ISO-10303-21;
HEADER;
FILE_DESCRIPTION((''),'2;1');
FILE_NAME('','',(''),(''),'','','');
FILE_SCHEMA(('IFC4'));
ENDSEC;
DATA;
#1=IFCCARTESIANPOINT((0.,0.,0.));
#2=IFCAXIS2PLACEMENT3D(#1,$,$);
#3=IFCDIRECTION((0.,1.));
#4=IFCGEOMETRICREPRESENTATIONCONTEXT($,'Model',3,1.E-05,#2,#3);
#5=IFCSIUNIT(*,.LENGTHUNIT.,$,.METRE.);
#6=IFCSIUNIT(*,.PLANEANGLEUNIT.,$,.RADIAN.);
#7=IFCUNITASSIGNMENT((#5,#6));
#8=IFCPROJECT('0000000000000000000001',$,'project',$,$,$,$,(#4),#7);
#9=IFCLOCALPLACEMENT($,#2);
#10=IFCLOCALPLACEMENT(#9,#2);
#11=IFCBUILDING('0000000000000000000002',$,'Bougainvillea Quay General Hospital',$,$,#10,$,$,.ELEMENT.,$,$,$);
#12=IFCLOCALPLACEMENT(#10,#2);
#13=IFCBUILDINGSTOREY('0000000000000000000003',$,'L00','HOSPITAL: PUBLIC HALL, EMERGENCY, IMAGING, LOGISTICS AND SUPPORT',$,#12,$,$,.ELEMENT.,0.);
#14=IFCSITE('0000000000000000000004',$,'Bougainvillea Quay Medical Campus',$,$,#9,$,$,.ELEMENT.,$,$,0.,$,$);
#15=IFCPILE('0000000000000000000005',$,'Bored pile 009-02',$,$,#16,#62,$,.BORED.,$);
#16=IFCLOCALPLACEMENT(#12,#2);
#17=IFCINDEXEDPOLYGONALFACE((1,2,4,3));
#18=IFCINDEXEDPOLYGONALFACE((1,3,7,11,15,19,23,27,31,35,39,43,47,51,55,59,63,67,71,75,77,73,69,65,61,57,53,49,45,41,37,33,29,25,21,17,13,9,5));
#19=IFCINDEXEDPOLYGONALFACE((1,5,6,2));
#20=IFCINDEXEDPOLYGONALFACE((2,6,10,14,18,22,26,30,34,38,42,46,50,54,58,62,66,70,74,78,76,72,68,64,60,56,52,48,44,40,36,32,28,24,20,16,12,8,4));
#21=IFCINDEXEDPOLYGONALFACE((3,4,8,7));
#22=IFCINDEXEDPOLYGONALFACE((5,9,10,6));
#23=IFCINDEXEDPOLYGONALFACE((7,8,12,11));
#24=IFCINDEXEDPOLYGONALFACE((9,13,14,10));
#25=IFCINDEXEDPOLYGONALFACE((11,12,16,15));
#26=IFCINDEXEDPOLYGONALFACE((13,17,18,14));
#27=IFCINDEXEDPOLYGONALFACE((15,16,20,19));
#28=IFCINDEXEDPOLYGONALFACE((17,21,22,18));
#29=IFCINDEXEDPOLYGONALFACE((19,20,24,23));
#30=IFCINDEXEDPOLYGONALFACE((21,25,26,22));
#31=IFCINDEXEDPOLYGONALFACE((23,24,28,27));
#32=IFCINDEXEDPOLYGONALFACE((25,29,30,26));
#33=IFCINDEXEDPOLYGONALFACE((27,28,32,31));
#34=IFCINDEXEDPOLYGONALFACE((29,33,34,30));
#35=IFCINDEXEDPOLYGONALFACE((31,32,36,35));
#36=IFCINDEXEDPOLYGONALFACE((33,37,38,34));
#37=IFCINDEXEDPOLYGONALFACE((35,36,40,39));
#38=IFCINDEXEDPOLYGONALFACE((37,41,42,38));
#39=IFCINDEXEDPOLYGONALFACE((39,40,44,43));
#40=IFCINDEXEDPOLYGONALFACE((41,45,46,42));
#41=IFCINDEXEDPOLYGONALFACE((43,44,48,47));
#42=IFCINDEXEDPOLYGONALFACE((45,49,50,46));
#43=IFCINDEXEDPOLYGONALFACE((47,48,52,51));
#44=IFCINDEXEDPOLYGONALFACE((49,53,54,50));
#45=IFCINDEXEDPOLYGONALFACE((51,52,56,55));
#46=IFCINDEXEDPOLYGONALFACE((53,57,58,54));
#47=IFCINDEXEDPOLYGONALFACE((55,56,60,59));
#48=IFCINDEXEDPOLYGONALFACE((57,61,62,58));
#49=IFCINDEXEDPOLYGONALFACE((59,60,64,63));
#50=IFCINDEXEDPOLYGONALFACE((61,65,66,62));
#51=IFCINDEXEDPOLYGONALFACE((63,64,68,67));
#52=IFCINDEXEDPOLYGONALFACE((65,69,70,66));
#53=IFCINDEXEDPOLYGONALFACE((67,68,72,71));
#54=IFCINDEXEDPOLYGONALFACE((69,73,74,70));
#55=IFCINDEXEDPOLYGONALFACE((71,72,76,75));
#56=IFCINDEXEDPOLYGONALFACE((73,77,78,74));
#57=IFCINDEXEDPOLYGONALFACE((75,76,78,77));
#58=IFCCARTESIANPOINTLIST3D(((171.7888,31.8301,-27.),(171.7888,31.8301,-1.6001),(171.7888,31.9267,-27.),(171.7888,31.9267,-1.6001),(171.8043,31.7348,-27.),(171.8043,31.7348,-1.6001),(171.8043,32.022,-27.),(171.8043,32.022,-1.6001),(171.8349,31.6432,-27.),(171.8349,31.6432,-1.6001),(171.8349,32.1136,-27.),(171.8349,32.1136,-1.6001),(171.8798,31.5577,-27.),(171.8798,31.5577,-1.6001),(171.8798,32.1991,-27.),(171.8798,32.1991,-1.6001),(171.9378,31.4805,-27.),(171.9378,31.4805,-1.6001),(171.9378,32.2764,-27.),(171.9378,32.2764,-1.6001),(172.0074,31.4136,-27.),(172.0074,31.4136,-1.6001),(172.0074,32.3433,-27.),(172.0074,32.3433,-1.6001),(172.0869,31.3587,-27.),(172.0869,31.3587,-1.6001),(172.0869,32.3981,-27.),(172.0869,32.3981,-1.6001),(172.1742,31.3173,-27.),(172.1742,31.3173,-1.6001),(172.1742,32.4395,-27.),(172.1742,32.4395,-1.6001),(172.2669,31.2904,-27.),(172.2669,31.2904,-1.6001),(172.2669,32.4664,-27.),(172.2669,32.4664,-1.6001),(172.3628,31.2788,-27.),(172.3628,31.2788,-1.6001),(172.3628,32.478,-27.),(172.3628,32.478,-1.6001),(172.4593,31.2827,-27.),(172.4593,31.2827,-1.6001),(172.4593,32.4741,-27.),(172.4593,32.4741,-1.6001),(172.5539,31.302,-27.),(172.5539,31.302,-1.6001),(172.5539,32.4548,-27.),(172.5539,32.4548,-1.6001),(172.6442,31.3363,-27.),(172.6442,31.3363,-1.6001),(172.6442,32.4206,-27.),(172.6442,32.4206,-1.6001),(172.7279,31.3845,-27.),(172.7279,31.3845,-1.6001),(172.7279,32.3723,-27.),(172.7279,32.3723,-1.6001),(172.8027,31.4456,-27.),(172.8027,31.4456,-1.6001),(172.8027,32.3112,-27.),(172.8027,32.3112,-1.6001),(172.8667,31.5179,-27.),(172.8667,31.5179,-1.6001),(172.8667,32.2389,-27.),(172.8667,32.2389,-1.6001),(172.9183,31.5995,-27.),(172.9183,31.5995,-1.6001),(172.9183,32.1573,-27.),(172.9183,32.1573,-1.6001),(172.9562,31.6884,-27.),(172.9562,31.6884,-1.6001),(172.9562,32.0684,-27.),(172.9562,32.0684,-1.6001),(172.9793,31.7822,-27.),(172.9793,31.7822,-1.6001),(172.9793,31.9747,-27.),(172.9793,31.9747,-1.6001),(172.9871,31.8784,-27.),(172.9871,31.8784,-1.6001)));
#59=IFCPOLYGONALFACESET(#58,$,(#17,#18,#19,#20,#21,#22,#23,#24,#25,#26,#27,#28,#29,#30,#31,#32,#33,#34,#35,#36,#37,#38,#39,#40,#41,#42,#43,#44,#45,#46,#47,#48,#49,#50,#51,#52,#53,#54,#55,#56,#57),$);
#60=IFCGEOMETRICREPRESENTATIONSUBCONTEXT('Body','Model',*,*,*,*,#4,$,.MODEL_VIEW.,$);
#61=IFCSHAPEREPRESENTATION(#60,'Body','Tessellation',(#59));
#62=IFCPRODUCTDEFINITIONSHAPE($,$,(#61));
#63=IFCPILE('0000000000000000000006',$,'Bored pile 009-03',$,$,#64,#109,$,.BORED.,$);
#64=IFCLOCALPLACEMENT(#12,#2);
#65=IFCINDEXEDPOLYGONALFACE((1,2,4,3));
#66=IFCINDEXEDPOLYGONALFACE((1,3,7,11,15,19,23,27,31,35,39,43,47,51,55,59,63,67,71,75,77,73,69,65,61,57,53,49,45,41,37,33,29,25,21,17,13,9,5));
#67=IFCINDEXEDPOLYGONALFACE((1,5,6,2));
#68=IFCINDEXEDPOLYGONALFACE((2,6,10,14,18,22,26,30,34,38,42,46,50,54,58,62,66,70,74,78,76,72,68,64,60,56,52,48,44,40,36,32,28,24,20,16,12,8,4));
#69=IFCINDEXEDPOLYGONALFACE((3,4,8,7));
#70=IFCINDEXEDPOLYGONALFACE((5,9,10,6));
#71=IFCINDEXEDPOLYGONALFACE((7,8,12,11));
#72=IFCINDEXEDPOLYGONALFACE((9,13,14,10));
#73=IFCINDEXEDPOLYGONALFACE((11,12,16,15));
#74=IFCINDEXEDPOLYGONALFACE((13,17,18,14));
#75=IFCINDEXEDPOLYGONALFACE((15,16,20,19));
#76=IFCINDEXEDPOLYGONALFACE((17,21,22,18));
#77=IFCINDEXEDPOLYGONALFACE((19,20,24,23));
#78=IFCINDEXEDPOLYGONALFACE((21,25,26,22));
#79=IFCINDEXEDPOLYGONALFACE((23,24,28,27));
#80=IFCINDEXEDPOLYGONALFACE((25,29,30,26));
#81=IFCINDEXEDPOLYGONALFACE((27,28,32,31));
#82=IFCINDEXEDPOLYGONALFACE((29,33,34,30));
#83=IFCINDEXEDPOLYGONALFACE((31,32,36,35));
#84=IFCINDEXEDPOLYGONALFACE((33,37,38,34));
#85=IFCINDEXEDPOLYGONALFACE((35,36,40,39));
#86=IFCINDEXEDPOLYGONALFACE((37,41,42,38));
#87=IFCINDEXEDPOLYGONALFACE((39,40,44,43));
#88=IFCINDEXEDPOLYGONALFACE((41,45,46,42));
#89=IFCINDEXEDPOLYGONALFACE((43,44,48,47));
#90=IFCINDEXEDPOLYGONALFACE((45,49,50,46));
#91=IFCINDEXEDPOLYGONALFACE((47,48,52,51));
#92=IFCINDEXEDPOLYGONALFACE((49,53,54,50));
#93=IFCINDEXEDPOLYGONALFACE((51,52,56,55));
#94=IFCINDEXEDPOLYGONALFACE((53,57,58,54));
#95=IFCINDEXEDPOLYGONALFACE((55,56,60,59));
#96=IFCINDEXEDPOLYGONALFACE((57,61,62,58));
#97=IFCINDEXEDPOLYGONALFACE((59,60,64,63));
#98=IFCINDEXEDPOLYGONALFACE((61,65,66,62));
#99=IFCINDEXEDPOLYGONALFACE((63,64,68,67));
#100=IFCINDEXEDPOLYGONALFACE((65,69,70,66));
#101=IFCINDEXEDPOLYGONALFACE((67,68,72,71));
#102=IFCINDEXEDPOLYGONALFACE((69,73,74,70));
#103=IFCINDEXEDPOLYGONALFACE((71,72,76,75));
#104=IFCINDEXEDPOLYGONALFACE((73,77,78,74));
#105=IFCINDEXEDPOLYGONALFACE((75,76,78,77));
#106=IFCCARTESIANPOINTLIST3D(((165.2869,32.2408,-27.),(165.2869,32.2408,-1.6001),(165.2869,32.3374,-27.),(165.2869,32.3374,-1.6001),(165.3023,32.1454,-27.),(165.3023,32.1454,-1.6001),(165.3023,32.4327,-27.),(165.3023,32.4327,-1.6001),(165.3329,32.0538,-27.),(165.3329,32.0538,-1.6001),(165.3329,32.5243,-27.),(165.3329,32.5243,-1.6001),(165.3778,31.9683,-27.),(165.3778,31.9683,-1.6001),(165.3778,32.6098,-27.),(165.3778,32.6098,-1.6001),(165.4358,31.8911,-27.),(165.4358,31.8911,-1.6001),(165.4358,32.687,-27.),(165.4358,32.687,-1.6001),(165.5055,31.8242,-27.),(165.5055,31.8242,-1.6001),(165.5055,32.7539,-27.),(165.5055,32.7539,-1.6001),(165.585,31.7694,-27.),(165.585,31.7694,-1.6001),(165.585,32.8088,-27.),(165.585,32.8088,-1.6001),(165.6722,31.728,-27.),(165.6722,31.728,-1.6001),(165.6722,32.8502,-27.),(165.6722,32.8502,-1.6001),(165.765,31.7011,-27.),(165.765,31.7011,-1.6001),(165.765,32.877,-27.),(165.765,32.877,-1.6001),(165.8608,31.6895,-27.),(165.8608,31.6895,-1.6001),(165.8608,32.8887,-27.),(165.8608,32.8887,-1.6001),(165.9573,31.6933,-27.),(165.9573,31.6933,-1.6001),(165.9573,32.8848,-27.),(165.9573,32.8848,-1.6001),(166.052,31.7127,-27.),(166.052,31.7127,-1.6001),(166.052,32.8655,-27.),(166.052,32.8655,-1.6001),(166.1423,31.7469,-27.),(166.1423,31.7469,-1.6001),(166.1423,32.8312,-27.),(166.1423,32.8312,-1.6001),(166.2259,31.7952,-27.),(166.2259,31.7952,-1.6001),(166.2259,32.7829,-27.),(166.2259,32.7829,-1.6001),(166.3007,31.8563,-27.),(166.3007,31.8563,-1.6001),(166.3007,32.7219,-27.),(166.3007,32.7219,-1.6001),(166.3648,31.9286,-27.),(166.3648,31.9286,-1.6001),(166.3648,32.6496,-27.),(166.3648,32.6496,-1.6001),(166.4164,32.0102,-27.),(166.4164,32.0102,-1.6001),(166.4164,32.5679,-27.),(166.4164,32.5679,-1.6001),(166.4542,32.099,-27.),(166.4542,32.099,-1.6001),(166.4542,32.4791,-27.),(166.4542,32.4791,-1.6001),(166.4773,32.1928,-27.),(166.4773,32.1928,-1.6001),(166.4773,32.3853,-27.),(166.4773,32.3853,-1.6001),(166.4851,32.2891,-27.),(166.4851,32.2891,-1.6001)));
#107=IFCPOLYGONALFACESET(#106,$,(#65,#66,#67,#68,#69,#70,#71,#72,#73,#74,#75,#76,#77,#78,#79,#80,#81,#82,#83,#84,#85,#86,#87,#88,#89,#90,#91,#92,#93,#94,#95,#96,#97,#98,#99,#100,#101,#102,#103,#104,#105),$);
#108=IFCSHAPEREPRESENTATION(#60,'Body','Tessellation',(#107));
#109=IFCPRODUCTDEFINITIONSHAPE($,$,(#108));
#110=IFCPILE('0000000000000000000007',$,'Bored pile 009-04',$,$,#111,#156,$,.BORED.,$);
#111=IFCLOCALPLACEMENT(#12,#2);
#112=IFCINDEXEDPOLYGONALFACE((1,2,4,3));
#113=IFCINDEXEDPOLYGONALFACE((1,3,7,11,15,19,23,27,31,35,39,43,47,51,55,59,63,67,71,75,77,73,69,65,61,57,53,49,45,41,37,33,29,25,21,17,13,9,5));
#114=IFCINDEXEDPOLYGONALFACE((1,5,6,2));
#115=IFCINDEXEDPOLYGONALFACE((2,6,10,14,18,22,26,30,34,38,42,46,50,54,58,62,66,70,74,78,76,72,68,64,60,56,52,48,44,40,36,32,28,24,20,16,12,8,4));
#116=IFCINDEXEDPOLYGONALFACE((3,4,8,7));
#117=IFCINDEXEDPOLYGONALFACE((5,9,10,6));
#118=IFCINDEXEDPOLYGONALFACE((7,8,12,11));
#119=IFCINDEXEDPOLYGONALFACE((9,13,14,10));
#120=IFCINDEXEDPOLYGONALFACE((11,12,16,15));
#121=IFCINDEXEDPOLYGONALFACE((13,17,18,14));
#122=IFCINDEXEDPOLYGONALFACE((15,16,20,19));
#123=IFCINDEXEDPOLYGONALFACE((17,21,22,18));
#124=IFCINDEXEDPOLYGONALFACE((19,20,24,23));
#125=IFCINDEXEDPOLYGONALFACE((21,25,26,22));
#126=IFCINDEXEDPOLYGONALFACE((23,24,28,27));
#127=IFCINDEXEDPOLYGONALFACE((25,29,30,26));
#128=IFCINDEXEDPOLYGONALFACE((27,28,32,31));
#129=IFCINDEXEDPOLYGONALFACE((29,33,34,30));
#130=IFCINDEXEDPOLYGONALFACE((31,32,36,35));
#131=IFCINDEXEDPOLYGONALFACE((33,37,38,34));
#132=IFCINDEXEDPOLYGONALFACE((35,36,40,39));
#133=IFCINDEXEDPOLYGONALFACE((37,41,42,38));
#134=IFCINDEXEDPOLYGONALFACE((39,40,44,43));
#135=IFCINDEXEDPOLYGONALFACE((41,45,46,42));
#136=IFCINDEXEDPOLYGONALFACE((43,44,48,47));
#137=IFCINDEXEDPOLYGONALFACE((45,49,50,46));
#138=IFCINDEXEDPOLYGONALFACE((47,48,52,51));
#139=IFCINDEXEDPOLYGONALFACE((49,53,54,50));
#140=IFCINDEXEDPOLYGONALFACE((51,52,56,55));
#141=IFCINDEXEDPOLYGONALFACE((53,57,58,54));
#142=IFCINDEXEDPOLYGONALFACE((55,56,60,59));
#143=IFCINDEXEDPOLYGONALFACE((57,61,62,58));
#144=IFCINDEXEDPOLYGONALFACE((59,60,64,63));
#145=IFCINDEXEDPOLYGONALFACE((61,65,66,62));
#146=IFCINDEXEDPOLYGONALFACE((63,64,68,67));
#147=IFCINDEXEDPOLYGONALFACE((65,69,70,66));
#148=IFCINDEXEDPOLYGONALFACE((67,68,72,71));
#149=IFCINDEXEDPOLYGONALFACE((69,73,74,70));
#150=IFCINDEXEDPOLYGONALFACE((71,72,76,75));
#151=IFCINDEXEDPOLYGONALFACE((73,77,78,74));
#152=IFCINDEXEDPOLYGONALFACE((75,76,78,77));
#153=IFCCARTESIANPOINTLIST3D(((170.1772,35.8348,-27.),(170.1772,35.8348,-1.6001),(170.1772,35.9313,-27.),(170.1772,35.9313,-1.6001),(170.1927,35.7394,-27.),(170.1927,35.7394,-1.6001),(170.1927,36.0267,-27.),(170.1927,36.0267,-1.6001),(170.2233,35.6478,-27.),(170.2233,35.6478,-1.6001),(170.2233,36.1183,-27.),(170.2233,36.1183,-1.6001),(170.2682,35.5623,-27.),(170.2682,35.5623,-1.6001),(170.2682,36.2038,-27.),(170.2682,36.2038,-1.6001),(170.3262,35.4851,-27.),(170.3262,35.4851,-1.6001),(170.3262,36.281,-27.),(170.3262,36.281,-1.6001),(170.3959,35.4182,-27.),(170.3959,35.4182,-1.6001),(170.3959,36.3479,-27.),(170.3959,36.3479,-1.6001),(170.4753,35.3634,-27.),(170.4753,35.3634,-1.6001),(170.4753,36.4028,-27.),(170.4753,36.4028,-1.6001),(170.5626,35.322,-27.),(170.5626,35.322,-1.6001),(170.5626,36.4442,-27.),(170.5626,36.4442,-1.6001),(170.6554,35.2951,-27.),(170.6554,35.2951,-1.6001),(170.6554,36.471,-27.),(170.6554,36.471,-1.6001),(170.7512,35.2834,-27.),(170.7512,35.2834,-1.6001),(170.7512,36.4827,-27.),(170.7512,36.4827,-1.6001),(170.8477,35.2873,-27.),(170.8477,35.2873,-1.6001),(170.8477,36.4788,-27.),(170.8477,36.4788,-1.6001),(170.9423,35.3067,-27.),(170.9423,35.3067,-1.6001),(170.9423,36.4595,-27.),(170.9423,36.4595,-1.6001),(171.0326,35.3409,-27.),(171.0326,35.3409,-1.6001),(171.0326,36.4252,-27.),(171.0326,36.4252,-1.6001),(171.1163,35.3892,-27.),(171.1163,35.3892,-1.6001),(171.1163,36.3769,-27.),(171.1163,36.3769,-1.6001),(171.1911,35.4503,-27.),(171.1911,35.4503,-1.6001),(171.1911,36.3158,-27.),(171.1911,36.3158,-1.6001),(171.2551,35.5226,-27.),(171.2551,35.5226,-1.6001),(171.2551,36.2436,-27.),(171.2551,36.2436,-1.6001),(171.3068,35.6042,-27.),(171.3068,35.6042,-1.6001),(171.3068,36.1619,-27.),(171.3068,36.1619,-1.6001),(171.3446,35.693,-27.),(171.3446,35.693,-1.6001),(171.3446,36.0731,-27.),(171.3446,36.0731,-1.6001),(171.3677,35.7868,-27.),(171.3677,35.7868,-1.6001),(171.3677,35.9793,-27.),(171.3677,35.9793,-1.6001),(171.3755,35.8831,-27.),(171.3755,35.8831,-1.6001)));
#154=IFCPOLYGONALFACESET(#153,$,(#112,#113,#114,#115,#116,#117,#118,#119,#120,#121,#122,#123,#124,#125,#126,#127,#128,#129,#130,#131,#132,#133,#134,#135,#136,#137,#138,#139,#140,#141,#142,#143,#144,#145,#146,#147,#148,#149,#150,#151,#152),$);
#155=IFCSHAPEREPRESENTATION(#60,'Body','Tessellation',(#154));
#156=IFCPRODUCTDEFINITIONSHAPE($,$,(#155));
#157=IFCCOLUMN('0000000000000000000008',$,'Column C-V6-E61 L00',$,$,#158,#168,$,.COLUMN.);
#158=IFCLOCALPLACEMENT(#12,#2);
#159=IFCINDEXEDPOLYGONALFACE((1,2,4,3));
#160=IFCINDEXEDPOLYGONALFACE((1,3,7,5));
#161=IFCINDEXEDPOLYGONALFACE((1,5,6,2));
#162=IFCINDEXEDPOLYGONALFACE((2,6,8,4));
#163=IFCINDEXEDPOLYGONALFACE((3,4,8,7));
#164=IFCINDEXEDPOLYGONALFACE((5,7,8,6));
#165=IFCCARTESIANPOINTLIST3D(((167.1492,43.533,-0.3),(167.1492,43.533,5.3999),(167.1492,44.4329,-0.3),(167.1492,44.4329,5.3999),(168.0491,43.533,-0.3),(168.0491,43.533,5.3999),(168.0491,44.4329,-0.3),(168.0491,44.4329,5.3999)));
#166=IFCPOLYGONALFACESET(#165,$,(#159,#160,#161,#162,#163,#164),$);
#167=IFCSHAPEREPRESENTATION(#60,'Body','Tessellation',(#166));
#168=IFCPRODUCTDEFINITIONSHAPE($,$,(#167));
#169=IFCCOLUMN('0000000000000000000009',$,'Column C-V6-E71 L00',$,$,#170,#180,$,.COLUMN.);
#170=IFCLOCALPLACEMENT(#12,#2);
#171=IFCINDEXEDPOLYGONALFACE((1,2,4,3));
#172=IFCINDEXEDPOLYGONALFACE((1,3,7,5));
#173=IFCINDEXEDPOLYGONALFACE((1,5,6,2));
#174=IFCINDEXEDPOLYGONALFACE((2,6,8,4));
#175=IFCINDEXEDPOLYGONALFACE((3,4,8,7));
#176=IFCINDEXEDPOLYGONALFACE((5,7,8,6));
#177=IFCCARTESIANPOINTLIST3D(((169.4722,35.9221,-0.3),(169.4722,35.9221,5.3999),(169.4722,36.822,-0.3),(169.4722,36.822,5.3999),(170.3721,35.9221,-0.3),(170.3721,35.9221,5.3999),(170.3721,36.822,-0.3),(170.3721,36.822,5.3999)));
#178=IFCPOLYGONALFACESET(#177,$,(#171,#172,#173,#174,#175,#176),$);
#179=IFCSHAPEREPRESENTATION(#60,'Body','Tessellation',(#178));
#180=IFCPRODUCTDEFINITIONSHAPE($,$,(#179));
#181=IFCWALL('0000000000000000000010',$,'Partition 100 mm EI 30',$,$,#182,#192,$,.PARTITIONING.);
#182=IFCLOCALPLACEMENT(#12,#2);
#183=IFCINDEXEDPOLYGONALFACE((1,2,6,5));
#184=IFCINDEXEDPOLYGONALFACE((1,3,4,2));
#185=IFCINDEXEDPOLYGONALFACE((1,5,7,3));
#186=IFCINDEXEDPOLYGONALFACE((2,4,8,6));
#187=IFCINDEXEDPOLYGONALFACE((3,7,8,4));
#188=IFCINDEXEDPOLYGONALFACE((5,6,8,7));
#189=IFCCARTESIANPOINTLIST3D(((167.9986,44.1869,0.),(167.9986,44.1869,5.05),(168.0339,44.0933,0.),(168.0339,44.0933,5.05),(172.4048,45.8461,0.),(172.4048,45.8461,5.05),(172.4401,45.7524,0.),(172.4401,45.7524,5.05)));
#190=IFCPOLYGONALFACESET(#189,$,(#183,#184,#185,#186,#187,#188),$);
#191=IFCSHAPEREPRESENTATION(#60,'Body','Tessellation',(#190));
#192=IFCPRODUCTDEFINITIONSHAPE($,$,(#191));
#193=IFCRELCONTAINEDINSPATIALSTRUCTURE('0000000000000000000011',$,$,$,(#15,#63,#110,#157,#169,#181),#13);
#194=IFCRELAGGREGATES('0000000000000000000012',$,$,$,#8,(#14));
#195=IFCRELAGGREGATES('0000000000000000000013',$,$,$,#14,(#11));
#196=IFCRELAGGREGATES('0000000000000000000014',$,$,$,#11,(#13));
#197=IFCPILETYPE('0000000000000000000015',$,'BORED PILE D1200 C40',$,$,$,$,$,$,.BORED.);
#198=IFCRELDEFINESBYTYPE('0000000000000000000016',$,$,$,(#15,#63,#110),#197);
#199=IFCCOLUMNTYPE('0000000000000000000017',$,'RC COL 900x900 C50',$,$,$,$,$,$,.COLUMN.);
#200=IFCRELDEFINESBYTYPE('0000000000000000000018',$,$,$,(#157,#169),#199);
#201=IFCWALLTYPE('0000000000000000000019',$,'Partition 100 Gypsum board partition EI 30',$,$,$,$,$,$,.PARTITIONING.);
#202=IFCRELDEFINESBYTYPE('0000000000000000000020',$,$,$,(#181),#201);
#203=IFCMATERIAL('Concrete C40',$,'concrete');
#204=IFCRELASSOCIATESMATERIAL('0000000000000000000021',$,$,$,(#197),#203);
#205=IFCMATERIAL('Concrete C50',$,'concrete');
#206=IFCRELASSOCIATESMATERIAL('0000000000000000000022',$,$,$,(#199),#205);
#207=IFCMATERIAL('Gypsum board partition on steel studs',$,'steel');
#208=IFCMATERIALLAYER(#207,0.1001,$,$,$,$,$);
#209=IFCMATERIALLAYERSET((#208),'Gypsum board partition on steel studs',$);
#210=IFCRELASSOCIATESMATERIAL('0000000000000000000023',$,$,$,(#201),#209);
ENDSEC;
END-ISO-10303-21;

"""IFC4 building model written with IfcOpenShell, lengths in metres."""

from ifc_helpers import new_model, si_unit, direction, frame, frame_2d, origin, origin_2d, place, context, subcontext, project, spatial, rectangle, circle, extrude, material, layer, layer_set, material_profile, profile_set, type_object, element, save


model = new_model("IFC4")

# Units and contexts
model_context = context("Model", 3, precision=1e-05, world=origin(), true_north=direction((0.0, 1.0)))
body_context = subcontext(model_context, "Body", "Model", "MODEL_VIEW")
ifc_project = project(units=[si_unit("LENGTHUNIT", "METRE"), si_unit("PLANEANGLEUNIT", "RADIAN")], contexts=[model_context])

# Site, building, storey
site_placement = place(None, origin())
site = spatial("IfcSite", under=ifc_project, at=site_placement, Name="Bougainvillea Quay Medical Campus", CompositionType="ELEMENT", RefElevation=0.0)
building_placement = place(site_placement, origin())
building = spatial("IfcBuilding", under=site, at=building_placement, Name="Bougainvillea Quay General Hospital", CompositionType="ELEMENT")
storey_placement = place(building_placement, origin())
storey = spatial("IfcBuildingStorey", under=building, at=storey_placement, Name="L00", Description="HOSPITAL: PUBLIC HALL, EMERGENCY, IMAGING, LOGISTICS AND SUPPORT", CompositionType="ELEMENT", Elevation=0.0)

# Piles
ifc_material_1 = material(Name="Concrete C40", Category="concrete")
ifc_material_profile_1 = material_profile(ifc_material_1, circle(Radius=0.6001, at=origin_2d()))
ifc_profile_set_1 = profile_set([ifc_material_profile_1], Name="Concrete C40")
pile_type = type_object("IfcPileType", Name="BORED PILE D1200 C40", PredefinedType="BORED", material=ifc_profile_set_1)
for number, where, z_axis, x_axis, name in (
    (1, (172.387, 31.8784, -1.6001), (0.0, 0.0, -1.0), (1.0, 0.0, 0.0), "Bored pile 009-02"),
    (2, (165.885, 32.2891, -1.6001), (0.0, 0.0, -1.0), (1.0, 0.0, 0.0), "Bored pile 009-03"),
    (3, (170.7754, 35.8831, -1.6001), (0.0, 0.0, -1.0), (1.0, 0.0, 0.0), "Bored pile 009-04"),
):
    element("IfcPile", number, at=place(storey_placement, frame(where, z_axis=z_axis, x_axis=x_axis)), inside=storey, type_object=pile_type, Name=name, PredefinedType="BORED", context=body_context, shape_type="SweptSolid", body=[
        extrude(circle(Radius=0.6001, at=origin_2d()), origin(), (0.0, 0.0, 1.0), 25.3999),
    ])

# Columns
ifc_material_2 = material(Name="Concrete C50", Category="concrete")
ifc_material_profile_2 = material_profile(ifc_material_2, rectangle(XDim=0.8999, YDim=0.8999, at=origin_2d()))
ifc_profile_set_2 = profile_set([ifc_material_profile_2], Name="Concrete C50")
column_type = type_object("IfcColumnType", Name="RC COL 900x900 C50", PredefinedType="COLUMN", material=ifc_profile_set_2)
for number, where, z_axis, x_axis, name in (
    (4, (167.5991, 43.9829, -0.3), (0.0, 0.0, 1.0), (1.0, 0.0, 0.0), "Column C-V6-E61 L00"),
    (5, (169.9221, 36.3721, -0.3), (0.0, 0.0, 1.0), (1.0, 0.0, 0.0), "Column C-V6-E71 L00"),
):
    element("IfcColumn", number, at=place(storey_placement, frame(where, z_axis=z_axis, x_axis=x_axis)), inside=storey, type_object=column_type, Name=name, PredefinedType="COLUMN", context=body_context, shape_type="SweptSolid", body=[
        extrude(rectangle(XDim=0.8999, YDim=0.8999, at=origin_2d()), origin(), (0.0, 0.0, 1.0), 5.7),
    ])

# Wall
ifc_material_3 = material(Name="Gypsum board partition on steel studs", Category="steel")
ifc_layer_1 = layer(ifc_material_3, 0.1001)
ifc_layer_set_1 = layer_set([ifc_layer_1], Name="Gypsum board partition on steel studs")
wall_type_1 = type_object("IfcWallType", Name="Partition 100 Gypsum board partition EI 30", PredefinedType="PARTITIONING", material=ifc_layer_set_1)
wall_1_placement = place(storey_placement, frame((168.0164, 44.1401, 0.0), z_axis=(0.0, 0.0, 1.0), x_axis=(0.935851, 0.352396, 0.0)))
element("IfcWall", 6, at=wall_1_placement, inside=storey, type_object=wall_type_1, Name="Partition 100 mm EI 30", PredefinedType="PARTITIONING", context=body_context, shape_type="SweptSolid", body=[
    extrude(rectangle(XDim=4.7083, YDim=0.1001, at=frame_2d((2.354, 0.0))), origin(), (0.0, 0.0, 1.0), 5.05),
])

save(model, "model.ifc")
